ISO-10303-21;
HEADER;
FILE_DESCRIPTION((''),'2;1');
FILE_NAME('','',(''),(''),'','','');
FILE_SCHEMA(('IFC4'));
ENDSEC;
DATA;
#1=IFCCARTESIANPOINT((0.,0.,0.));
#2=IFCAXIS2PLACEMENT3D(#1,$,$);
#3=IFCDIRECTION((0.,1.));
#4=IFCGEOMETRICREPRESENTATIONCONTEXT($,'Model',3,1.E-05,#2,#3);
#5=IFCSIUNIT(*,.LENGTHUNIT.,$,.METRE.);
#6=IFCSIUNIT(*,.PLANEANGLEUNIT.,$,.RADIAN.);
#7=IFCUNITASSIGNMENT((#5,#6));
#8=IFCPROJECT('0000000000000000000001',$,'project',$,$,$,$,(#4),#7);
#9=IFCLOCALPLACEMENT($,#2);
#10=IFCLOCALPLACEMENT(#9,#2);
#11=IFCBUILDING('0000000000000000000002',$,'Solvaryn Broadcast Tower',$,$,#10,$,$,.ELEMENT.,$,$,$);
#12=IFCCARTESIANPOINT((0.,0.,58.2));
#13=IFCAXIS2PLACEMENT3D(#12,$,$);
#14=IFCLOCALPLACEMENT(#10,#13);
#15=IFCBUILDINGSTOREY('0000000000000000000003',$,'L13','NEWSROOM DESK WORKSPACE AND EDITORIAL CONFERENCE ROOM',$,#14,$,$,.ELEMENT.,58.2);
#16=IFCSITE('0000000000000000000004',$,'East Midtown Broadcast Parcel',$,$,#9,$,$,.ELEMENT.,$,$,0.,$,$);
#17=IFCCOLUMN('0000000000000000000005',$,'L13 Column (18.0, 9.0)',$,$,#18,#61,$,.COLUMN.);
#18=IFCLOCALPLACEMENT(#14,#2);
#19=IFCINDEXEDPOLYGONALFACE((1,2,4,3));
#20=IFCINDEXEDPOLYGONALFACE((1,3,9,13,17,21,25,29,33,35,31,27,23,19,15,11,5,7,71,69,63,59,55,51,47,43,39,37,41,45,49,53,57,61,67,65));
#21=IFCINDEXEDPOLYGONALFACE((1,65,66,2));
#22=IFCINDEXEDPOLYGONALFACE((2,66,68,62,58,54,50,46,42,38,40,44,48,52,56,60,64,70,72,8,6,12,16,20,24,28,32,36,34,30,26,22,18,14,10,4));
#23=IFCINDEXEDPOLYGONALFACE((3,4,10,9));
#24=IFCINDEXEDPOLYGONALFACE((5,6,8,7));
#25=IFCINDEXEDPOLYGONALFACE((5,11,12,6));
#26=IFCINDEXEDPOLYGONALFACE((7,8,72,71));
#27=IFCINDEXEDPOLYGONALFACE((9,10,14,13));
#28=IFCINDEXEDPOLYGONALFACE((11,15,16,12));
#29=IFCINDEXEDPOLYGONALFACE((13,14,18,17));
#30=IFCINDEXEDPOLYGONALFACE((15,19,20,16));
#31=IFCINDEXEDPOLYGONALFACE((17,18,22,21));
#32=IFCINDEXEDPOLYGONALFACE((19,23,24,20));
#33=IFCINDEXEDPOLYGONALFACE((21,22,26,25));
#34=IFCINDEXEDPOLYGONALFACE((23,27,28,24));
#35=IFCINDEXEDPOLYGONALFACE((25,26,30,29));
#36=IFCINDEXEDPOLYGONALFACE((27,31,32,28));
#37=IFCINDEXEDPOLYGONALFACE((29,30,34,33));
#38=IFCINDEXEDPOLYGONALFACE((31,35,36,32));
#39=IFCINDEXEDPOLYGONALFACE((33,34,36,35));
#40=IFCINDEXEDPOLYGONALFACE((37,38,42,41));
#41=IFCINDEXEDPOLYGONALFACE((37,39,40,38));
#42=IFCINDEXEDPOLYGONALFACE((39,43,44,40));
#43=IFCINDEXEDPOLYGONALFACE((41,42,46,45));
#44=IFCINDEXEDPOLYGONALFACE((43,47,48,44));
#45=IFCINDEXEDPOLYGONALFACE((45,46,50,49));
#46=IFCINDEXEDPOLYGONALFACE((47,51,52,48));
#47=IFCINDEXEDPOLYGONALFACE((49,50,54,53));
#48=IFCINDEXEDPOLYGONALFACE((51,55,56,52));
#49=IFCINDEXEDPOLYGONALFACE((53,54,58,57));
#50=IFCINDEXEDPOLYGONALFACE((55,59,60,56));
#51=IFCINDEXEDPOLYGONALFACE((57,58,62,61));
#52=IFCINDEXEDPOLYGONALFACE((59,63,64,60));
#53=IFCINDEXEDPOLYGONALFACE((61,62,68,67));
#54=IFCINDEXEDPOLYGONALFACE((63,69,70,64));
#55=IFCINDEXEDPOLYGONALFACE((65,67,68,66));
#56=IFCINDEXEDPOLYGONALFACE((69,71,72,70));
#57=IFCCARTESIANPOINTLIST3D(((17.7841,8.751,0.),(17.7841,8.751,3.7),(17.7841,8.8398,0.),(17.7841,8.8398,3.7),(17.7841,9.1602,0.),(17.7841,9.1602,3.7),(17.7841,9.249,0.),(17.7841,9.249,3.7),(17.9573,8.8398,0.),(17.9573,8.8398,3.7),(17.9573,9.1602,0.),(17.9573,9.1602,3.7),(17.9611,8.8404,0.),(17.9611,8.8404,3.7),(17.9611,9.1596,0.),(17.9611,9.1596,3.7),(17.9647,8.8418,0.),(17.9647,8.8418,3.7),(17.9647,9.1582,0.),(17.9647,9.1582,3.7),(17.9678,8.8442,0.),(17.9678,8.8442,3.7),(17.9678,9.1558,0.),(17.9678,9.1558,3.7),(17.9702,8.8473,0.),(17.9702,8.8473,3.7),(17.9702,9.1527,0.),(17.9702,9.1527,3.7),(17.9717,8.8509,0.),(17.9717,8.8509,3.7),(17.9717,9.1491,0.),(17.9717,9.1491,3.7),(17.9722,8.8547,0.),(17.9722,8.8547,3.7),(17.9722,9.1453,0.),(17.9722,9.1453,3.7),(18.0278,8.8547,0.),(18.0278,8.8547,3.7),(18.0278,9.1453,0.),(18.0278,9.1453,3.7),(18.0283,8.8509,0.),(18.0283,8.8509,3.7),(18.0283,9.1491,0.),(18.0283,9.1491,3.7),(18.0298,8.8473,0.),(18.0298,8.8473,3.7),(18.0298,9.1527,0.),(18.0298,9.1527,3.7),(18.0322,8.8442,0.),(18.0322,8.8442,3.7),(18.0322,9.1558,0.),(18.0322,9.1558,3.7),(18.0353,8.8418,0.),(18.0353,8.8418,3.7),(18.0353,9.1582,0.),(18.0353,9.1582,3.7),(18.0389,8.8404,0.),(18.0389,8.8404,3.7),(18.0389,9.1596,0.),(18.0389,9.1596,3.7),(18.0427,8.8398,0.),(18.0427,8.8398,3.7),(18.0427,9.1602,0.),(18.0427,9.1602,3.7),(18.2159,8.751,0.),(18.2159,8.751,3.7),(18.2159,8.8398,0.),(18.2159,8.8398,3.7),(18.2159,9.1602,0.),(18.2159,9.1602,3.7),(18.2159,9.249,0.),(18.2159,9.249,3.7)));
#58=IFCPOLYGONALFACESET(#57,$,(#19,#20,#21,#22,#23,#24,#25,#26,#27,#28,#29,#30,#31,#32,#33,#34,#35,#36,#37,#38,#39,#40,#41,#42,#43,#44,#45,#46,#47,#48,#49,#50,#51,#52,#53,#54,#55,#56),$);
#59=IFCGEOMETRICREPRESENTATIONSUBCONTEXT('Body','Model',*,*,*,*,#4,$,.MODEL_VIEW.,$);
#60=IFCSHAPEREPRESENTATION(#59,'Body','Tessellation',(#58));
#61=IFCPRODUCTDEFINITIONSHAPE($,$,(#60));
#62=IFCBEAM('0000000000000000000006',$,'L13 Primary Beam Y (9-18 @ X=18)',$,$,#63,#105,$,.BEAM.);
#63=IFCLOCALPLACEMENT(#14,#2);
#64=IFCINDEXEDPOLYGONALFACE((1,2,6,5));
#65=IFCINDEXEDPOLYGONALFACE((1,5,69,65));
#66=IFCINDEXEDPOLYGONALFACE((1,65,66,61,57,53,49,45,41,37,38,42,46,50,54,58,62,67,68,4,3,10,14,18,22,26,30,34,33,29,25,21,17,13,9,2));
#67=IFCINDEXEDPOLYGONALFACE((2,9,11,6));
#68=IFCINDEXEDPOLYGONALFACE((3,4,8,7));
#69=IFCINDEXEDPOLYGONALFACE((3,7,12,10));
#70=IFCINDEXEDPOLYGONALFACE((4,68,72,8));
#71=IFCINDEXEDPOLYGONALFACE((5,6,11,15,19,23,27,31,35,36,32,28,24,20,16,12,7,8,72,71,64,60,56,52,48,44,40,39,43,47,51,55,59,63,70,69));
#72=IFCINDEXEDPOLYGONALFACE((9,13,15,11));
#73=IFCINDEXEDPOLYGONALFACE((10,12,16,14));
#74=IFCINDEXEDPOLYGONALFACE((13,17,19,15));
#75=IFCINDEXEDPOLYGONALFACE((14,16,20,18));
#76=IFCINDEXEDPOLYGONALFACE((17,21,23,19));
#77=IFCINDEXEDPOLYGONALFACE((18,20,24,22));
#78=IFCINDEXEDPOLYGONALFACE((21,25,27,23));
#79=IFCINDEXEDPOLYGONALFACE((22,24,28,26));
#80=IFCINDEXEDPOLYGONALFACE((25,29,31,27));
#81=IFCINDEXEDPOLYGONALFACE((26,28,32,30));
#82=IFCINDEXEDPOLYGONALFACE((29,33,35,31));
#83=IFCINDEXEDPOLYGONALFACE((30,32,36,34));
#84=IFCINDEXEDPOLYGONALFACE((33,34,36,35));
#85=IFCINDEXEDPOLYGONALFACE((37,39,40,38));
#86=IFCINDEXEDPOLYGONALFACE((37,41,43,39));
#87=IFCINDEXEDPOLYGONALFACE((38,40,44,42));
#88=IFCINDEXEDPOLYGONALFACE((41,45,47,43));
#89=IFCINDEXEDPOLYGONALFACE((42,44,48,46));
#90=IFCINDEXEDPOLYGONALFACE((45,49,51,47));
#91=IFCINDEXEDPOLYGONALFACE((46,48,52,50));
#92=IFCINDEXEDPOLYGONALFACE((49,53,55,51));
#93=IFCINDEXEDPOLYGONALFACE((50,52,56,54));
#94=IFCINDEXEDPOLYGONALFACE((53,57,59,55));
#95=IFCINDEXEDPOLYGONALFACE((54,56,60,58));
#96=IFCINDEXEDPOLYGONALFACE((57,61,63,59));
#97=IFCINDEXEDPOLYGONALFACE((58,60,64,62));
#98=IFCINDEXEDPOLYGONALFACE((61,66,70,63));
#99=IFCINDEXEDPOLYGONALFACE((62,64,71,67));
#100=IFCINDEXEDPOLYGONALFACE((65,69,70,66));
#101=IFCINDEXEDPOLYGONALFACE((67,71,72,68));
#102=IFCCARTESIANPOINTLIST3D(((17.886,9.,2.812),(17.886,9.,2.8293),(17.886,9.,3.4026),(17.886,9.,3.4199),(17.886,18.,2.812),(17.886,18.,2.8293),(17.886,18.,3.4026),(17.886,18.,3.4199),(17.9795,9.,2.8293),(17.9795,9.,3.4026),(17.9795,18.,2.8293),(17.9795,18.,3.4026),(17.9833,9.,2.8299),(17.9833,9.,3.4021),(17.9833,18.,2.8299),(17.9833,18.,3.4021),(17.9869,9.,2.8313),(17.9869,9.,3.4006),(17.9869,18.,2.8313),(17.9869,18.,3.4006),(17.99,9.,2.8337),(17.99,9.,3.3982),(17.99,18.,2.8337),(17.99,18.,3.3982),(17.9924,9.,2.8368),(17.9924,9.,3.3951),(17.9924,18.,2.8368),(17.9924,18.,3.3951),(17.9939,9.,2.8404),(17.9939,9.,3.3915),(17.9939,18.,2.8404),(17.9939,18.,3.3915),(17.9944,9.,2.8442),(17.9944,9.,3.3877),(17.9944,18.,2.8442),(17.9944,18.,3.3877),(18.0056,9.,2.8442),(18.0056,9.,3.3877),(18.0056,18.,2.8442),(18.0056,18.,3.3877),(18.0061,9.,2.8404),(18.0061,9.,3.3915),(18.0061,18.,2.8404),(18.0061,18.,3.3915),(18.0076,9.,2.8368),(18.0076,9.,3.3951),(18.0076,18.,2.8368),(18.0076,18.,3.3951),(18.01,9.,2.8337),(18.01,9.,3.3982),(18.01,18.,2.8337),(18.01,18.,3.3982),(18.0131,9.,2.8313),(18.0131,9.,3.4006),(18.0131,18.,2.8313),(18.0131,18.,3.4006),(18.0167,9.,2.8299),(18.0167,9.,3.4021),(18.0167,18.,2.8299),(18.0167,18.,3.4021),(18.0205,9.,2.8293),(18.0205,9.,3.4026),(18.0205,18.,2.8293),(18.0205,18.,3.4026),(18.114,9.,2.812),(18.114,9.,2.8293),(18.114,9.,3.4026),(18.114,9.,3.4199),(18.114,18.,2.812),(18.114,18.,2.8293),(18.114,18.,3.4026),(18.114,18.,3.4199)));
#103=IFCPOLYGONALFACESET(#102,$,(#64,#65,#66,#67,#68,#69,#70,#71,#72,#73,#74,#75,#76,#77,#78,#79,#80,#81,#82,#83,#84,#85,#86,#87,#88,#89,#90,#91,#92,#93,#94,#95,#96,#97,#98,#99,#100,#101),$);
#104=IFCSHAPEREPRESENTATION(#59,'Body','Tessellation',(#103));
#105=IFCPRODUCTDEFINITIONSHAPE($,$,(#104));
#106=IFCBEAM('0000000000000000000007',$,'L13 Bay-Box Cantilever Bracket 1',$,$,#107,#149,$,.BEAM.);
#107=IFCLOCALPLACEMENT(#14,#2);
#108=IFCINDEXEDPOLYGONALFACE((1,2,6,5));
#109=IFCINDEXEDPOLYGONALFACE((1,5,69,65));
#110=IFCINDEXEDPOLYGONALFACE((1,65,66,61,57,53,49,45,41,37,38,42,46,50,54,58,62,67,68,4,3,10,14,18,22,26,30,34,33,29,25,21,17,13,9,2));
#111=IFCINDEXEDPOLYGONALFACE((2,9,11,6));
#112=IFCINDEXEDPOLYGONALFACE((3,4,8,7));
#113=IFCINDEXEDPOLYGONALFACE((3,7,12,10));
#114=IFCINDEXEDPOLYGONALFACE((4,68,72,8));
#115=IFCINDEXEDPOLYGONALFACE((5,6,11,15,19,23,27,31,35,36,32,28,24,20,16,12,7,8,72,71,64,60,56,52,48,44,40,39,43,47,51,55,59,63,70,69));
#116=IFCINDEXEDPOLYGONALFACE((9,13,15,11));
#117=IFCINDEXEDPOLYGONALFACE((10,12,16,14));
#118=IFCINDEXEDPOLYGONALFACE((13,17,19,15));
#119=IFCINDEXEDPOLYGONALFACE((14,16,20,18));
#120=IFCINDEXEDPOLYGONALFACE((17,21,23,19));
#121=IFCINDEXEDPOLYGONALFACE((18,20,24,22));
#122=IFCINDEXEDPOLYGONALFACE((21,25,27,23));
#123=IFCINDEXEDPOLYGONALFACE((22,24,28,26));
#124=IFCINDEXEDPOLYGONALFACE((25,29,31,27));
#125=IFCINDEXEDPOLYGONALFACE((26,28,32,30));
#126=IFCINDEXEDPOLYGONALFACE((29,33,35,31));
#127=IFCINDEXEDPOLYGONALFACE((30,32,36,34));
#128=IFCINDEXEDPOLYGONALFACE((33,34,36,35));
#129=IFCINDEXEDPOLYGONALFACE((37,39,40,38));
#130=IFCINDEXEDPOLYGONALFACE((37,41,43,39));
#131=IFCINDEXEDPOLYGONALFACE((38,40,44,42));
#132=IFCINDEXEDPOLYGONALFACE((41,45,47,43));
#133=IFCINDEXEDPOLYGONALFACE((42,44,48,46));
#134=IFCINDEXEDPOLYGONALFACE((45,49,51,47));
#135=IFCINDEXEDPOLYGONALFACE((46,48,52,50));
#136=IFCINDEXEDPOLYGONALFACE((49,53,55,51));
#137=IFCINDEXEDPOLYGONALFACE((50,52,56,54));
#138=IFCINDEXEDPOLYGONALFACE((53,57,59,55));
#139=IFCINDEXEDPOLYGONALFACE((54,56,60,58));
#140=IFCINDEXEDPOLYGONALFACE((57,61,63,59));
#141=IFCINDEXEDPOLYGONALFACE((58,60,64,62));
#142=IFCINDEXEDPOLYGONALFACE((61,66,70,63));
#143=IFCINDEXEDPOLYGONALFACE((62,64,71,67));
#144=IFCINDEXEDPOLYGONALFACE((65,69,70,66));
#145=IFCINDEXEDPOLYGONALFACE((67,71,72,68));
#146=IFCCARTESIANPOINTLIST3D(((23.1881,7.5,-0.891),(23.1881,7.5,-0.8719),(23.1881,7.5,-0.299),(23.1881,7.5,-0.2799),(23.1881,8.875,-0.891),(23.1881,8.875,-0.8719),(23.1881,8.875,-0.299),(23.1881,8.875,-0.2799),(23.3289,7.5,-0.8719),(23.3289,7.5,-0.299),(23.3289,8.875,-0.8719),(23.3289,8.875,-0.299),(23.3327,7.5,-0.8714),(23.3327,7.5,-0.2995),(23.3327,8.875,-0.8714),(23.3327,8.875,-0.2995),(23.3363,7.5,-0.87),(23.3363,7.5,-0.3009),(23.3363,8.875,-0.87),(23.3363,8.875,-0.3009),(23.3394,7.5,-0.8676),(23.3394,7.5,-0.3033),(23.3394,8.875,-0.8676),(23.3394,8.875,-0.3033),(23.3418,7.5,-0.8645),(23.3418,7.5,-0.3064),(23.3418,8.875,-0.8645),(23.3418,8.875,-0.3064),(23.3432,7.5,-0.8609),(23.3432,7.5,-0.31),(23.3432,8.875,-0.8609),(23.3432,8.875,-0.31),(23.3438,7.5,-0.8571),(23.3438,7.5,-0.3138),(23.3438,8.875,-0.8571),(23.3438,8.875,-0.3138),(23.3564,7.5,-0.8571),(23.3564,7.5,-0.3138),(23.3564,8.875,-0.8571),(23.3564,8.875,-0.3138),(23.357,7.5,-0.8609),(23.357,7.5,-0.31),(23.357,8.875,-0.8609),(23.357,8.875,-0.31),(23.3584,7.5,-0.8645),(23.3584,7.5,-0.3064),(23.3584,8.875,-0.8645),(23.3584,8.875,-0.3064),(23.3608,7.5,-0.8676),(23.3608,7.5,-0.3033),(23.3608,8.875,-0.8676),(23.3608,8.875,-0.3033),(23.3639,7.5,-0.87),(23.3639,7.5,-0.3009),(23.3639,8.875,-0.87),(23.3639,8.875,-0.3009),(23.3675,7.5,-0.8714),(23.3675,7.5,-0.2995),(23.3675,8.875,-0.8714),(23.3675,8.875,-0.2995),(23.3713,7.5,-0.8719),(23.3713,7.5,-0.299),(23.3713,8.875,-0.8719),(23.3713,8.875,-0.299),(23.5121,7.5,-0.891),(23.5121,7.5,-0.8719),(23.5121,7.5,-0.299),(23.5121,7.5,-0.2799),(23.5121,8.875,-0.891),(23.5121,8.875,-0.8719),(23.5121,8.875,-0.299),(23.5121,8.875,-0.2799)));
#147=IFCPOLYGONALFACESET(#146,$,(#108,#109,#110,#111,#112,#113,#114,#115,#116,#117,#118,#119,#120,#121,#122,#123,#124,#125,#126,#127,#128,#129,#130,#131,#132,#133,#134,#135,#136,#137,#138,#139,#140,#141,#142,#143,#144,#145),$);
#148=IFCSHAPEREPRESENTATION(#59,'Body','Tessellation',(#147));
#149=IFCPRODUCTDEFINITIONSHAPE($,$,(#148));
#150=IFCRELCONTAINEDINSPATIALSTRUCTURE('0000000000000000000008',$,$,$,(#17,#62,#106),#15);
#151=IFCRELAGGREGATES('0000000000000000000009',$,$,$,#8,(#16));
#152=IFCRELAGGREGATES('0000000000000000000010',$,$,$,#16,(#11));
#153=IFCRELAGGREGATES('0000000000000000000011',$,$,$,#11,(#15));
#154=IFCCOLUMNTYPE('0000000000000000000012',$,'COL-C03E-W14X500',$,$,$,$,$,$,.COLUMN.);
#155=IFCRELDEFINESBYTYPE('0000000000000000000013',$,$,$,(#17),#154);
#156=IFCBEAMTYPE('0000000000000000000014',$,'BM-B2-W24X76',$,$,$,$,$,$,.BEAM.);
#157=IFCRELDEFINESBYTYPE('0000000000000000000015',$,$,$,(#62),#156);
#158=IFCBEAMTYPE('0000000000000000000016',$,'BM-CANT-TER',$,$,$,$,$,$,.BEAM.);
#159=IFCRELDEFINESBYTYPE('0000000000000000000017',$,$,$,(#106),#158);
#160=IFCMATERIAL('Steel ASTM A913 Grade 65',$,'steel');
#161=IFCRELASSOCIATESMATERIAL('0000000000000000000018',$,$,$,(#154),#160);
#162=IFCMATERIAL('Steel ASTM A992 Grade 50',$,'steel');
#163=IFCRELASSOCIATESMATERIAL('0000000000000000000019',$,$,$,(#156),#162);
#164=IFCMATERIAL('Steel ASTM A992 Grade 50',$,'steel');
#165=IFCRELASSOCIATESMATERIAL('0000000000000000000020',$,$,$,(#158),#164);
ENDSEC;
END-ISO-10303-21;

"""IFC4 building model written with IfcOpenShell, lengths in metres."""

from ifc_helpers import new_model, si_unit, direction, frame, origin, origin_2d, place, context, subcontext, project, spatial, i_section, extrude, material, material_profile, profile_set, type_object, element, save


model = new_model("IFC4")

# Units and contexts
model_context = context("Model", 3, precision=1e-05, world=origin(), true_north=direction((0.0, 1.0)))
body_context = subcontext(model_context, "Body", "Model", "MODEL_VIEW")
ifc_project = project(units=[si_unit("LENGTHUNIT", "METRE"), si_unit("PLANEANGLEUNIT", "RADIAN")], contexts=[model_context])

# Site, building, storey
site_placement = place(None, origin())
site = spatial("IfcSite", under=ifc_project, at=site_placement, Name="East Midtown Broadcast Parcel", CompositionType="ELEMENT", RefElevation=0.0)
building_placement = place(site_placement, origin())
building = spatial("IfcBuilding", under=site, at=building_placement, Name="Solvaryn Broadcast Tower", CompositionType="ELEMENT")
storey_placement = place(building_placement, frame((0.0, 0.0, 58.2)))
storey = spatial("IfcBuildingStorey", under=building, at=storey_placement, Name="L13", Description="NEWSROOM DESK WORKSPACE AND EDITORIAL CONFERENCE ROOM", CompositionType="ELEMENT", Elevation=58.2)

# Column
ifc_material_1 = material(Name="Steel ASTM A913 Grade 65", Category="steel")
ifc_material_profile_1 = material_profile(ifc_material_1, i_section(OverallWidth=0.4319, OverallDepth=0.498, WebThickness=0.0557, FlangeThickness=0.0889, FilletRadius=0.0149, at=origin_2d()))
ifc_profile_set_1 = profile_set([ifc_material_profile_1], Name="Steel ASTM A913 Grade 65")
column_type = type_object("IfcColumnType", Name="COL-C03E-W14X500", PredefinedType="COLUMN", material=ifc_profile_set_1)
column_placement = place(storey_placement, frame((18.0, 9.0, 0.0), z_axis=(0.0, 0.0, 1.0), x_axis=(1.0, 0.0, 0.0)))
element("IfcColumn", 1, at=column_placement, inside=storey, type_object=column_type, Name="L13 Column (18.0, 9.0)", PredefinedType="COLUMN", context=body_context, shape_type="SweptSolid", body=[
    extrude(i_section(OverallWidth=0.4319, OverallDepth=0.498, WebThickness=0.0557, FlangeThickness=0.0889, FilletRadius=0.0149, at=origin_2d()), origin(), (0.0, 0.0, 1.0), 3.7),
])

# Beams
ifc_material_2 = material(Name="Steel ASTM A992 Grade 50", Category="steel")
ifc_material_profile_2 = material_profile(ifc_material_2, i_section(OverallWidth=0.228, OverallDepth=0.6079, WebThickness=0.0112, FlangeThickness=0.0173, FilletRadius=0.0149, at=origin_2d()))
ifc_profile_set_2 = profile_set([ifc_material_profile_2], Name="Steel ASTM A992 Grade 50")
beam_type_1 = type_object("IfcBeamType", Name="BM-B2-W24X76", PredefinedType="BEAM", material=ifc_profile_set_2)
beam_1_placement = place(storey_placement, frame((18.0, 9.0, 3.116), z_axis=(0.0, 1.0, 0.0), x_axis=(-1.0, 0.0, 0.0)))
element("IfcBeam", 2, at=beam_1_placement, inside=storey, type_object=beam_type_1, Name="L13 Primary Beam Y (9-18 @ X=18)", PredefinedType="BEAM", context=body_context, shape_type="SweptSolid", body=[
    extrude(i_section(OverallWidth=0.228, OverallDepth=0.6079, WebThickness=0.0112, FlangeThickness=0.0173, FilletRadius=0.0149, at=origin_2d()), origin(), (0.0, 0.0, 1.0), 9.0),
])
ifc_material_3 = material(Name="Steel ASTM A992 Grade 50", Category="steel")
ifc_material_profile_3 = material_profile(ifc_material_3, i_section(OverallWidth=0.324, OverallDepth=0.6111, WebThickness=0.0127, FlangeThickness=0.019, FilletRadius=0.0149, at=origin_2d()))
ifc_profile_set_3 = profile_set([ifc_material_profile_3], Name="Steel ASTM A992 Grade 50")
beam_type_2 = type_object("IfcBeamType", Name="BM-CANT-TER", PredefinedType="BEAM", material=ifc_profile_set_3)
beam_2_placement = place(storey_placement, frame((23.3501, 8.875, -0.5854), z_axis=(0.0, -1.0, 0.0), x_axis=(1.0, 0.0, 0.0)))
element("IfcBeam", 3, at=beam_2_placement, inside=storey, type_object=beam_type_2, Name="L13 Bay-Box Cantilever Bracket 1", PredefinedType="BEAM", context=body_context, shape_type="SweptSolid", body=[
    extrude(i_section(OverallWidth=0.324, OverallDepth=0.6111, WebThickness=0.0127, FlangeThickness=0.019, FilletRadius=0.0149, at=origin_2d()), origin(), (0.0, 0.0, 1.0), 1.375),
])

save(model, "model.ifc")
